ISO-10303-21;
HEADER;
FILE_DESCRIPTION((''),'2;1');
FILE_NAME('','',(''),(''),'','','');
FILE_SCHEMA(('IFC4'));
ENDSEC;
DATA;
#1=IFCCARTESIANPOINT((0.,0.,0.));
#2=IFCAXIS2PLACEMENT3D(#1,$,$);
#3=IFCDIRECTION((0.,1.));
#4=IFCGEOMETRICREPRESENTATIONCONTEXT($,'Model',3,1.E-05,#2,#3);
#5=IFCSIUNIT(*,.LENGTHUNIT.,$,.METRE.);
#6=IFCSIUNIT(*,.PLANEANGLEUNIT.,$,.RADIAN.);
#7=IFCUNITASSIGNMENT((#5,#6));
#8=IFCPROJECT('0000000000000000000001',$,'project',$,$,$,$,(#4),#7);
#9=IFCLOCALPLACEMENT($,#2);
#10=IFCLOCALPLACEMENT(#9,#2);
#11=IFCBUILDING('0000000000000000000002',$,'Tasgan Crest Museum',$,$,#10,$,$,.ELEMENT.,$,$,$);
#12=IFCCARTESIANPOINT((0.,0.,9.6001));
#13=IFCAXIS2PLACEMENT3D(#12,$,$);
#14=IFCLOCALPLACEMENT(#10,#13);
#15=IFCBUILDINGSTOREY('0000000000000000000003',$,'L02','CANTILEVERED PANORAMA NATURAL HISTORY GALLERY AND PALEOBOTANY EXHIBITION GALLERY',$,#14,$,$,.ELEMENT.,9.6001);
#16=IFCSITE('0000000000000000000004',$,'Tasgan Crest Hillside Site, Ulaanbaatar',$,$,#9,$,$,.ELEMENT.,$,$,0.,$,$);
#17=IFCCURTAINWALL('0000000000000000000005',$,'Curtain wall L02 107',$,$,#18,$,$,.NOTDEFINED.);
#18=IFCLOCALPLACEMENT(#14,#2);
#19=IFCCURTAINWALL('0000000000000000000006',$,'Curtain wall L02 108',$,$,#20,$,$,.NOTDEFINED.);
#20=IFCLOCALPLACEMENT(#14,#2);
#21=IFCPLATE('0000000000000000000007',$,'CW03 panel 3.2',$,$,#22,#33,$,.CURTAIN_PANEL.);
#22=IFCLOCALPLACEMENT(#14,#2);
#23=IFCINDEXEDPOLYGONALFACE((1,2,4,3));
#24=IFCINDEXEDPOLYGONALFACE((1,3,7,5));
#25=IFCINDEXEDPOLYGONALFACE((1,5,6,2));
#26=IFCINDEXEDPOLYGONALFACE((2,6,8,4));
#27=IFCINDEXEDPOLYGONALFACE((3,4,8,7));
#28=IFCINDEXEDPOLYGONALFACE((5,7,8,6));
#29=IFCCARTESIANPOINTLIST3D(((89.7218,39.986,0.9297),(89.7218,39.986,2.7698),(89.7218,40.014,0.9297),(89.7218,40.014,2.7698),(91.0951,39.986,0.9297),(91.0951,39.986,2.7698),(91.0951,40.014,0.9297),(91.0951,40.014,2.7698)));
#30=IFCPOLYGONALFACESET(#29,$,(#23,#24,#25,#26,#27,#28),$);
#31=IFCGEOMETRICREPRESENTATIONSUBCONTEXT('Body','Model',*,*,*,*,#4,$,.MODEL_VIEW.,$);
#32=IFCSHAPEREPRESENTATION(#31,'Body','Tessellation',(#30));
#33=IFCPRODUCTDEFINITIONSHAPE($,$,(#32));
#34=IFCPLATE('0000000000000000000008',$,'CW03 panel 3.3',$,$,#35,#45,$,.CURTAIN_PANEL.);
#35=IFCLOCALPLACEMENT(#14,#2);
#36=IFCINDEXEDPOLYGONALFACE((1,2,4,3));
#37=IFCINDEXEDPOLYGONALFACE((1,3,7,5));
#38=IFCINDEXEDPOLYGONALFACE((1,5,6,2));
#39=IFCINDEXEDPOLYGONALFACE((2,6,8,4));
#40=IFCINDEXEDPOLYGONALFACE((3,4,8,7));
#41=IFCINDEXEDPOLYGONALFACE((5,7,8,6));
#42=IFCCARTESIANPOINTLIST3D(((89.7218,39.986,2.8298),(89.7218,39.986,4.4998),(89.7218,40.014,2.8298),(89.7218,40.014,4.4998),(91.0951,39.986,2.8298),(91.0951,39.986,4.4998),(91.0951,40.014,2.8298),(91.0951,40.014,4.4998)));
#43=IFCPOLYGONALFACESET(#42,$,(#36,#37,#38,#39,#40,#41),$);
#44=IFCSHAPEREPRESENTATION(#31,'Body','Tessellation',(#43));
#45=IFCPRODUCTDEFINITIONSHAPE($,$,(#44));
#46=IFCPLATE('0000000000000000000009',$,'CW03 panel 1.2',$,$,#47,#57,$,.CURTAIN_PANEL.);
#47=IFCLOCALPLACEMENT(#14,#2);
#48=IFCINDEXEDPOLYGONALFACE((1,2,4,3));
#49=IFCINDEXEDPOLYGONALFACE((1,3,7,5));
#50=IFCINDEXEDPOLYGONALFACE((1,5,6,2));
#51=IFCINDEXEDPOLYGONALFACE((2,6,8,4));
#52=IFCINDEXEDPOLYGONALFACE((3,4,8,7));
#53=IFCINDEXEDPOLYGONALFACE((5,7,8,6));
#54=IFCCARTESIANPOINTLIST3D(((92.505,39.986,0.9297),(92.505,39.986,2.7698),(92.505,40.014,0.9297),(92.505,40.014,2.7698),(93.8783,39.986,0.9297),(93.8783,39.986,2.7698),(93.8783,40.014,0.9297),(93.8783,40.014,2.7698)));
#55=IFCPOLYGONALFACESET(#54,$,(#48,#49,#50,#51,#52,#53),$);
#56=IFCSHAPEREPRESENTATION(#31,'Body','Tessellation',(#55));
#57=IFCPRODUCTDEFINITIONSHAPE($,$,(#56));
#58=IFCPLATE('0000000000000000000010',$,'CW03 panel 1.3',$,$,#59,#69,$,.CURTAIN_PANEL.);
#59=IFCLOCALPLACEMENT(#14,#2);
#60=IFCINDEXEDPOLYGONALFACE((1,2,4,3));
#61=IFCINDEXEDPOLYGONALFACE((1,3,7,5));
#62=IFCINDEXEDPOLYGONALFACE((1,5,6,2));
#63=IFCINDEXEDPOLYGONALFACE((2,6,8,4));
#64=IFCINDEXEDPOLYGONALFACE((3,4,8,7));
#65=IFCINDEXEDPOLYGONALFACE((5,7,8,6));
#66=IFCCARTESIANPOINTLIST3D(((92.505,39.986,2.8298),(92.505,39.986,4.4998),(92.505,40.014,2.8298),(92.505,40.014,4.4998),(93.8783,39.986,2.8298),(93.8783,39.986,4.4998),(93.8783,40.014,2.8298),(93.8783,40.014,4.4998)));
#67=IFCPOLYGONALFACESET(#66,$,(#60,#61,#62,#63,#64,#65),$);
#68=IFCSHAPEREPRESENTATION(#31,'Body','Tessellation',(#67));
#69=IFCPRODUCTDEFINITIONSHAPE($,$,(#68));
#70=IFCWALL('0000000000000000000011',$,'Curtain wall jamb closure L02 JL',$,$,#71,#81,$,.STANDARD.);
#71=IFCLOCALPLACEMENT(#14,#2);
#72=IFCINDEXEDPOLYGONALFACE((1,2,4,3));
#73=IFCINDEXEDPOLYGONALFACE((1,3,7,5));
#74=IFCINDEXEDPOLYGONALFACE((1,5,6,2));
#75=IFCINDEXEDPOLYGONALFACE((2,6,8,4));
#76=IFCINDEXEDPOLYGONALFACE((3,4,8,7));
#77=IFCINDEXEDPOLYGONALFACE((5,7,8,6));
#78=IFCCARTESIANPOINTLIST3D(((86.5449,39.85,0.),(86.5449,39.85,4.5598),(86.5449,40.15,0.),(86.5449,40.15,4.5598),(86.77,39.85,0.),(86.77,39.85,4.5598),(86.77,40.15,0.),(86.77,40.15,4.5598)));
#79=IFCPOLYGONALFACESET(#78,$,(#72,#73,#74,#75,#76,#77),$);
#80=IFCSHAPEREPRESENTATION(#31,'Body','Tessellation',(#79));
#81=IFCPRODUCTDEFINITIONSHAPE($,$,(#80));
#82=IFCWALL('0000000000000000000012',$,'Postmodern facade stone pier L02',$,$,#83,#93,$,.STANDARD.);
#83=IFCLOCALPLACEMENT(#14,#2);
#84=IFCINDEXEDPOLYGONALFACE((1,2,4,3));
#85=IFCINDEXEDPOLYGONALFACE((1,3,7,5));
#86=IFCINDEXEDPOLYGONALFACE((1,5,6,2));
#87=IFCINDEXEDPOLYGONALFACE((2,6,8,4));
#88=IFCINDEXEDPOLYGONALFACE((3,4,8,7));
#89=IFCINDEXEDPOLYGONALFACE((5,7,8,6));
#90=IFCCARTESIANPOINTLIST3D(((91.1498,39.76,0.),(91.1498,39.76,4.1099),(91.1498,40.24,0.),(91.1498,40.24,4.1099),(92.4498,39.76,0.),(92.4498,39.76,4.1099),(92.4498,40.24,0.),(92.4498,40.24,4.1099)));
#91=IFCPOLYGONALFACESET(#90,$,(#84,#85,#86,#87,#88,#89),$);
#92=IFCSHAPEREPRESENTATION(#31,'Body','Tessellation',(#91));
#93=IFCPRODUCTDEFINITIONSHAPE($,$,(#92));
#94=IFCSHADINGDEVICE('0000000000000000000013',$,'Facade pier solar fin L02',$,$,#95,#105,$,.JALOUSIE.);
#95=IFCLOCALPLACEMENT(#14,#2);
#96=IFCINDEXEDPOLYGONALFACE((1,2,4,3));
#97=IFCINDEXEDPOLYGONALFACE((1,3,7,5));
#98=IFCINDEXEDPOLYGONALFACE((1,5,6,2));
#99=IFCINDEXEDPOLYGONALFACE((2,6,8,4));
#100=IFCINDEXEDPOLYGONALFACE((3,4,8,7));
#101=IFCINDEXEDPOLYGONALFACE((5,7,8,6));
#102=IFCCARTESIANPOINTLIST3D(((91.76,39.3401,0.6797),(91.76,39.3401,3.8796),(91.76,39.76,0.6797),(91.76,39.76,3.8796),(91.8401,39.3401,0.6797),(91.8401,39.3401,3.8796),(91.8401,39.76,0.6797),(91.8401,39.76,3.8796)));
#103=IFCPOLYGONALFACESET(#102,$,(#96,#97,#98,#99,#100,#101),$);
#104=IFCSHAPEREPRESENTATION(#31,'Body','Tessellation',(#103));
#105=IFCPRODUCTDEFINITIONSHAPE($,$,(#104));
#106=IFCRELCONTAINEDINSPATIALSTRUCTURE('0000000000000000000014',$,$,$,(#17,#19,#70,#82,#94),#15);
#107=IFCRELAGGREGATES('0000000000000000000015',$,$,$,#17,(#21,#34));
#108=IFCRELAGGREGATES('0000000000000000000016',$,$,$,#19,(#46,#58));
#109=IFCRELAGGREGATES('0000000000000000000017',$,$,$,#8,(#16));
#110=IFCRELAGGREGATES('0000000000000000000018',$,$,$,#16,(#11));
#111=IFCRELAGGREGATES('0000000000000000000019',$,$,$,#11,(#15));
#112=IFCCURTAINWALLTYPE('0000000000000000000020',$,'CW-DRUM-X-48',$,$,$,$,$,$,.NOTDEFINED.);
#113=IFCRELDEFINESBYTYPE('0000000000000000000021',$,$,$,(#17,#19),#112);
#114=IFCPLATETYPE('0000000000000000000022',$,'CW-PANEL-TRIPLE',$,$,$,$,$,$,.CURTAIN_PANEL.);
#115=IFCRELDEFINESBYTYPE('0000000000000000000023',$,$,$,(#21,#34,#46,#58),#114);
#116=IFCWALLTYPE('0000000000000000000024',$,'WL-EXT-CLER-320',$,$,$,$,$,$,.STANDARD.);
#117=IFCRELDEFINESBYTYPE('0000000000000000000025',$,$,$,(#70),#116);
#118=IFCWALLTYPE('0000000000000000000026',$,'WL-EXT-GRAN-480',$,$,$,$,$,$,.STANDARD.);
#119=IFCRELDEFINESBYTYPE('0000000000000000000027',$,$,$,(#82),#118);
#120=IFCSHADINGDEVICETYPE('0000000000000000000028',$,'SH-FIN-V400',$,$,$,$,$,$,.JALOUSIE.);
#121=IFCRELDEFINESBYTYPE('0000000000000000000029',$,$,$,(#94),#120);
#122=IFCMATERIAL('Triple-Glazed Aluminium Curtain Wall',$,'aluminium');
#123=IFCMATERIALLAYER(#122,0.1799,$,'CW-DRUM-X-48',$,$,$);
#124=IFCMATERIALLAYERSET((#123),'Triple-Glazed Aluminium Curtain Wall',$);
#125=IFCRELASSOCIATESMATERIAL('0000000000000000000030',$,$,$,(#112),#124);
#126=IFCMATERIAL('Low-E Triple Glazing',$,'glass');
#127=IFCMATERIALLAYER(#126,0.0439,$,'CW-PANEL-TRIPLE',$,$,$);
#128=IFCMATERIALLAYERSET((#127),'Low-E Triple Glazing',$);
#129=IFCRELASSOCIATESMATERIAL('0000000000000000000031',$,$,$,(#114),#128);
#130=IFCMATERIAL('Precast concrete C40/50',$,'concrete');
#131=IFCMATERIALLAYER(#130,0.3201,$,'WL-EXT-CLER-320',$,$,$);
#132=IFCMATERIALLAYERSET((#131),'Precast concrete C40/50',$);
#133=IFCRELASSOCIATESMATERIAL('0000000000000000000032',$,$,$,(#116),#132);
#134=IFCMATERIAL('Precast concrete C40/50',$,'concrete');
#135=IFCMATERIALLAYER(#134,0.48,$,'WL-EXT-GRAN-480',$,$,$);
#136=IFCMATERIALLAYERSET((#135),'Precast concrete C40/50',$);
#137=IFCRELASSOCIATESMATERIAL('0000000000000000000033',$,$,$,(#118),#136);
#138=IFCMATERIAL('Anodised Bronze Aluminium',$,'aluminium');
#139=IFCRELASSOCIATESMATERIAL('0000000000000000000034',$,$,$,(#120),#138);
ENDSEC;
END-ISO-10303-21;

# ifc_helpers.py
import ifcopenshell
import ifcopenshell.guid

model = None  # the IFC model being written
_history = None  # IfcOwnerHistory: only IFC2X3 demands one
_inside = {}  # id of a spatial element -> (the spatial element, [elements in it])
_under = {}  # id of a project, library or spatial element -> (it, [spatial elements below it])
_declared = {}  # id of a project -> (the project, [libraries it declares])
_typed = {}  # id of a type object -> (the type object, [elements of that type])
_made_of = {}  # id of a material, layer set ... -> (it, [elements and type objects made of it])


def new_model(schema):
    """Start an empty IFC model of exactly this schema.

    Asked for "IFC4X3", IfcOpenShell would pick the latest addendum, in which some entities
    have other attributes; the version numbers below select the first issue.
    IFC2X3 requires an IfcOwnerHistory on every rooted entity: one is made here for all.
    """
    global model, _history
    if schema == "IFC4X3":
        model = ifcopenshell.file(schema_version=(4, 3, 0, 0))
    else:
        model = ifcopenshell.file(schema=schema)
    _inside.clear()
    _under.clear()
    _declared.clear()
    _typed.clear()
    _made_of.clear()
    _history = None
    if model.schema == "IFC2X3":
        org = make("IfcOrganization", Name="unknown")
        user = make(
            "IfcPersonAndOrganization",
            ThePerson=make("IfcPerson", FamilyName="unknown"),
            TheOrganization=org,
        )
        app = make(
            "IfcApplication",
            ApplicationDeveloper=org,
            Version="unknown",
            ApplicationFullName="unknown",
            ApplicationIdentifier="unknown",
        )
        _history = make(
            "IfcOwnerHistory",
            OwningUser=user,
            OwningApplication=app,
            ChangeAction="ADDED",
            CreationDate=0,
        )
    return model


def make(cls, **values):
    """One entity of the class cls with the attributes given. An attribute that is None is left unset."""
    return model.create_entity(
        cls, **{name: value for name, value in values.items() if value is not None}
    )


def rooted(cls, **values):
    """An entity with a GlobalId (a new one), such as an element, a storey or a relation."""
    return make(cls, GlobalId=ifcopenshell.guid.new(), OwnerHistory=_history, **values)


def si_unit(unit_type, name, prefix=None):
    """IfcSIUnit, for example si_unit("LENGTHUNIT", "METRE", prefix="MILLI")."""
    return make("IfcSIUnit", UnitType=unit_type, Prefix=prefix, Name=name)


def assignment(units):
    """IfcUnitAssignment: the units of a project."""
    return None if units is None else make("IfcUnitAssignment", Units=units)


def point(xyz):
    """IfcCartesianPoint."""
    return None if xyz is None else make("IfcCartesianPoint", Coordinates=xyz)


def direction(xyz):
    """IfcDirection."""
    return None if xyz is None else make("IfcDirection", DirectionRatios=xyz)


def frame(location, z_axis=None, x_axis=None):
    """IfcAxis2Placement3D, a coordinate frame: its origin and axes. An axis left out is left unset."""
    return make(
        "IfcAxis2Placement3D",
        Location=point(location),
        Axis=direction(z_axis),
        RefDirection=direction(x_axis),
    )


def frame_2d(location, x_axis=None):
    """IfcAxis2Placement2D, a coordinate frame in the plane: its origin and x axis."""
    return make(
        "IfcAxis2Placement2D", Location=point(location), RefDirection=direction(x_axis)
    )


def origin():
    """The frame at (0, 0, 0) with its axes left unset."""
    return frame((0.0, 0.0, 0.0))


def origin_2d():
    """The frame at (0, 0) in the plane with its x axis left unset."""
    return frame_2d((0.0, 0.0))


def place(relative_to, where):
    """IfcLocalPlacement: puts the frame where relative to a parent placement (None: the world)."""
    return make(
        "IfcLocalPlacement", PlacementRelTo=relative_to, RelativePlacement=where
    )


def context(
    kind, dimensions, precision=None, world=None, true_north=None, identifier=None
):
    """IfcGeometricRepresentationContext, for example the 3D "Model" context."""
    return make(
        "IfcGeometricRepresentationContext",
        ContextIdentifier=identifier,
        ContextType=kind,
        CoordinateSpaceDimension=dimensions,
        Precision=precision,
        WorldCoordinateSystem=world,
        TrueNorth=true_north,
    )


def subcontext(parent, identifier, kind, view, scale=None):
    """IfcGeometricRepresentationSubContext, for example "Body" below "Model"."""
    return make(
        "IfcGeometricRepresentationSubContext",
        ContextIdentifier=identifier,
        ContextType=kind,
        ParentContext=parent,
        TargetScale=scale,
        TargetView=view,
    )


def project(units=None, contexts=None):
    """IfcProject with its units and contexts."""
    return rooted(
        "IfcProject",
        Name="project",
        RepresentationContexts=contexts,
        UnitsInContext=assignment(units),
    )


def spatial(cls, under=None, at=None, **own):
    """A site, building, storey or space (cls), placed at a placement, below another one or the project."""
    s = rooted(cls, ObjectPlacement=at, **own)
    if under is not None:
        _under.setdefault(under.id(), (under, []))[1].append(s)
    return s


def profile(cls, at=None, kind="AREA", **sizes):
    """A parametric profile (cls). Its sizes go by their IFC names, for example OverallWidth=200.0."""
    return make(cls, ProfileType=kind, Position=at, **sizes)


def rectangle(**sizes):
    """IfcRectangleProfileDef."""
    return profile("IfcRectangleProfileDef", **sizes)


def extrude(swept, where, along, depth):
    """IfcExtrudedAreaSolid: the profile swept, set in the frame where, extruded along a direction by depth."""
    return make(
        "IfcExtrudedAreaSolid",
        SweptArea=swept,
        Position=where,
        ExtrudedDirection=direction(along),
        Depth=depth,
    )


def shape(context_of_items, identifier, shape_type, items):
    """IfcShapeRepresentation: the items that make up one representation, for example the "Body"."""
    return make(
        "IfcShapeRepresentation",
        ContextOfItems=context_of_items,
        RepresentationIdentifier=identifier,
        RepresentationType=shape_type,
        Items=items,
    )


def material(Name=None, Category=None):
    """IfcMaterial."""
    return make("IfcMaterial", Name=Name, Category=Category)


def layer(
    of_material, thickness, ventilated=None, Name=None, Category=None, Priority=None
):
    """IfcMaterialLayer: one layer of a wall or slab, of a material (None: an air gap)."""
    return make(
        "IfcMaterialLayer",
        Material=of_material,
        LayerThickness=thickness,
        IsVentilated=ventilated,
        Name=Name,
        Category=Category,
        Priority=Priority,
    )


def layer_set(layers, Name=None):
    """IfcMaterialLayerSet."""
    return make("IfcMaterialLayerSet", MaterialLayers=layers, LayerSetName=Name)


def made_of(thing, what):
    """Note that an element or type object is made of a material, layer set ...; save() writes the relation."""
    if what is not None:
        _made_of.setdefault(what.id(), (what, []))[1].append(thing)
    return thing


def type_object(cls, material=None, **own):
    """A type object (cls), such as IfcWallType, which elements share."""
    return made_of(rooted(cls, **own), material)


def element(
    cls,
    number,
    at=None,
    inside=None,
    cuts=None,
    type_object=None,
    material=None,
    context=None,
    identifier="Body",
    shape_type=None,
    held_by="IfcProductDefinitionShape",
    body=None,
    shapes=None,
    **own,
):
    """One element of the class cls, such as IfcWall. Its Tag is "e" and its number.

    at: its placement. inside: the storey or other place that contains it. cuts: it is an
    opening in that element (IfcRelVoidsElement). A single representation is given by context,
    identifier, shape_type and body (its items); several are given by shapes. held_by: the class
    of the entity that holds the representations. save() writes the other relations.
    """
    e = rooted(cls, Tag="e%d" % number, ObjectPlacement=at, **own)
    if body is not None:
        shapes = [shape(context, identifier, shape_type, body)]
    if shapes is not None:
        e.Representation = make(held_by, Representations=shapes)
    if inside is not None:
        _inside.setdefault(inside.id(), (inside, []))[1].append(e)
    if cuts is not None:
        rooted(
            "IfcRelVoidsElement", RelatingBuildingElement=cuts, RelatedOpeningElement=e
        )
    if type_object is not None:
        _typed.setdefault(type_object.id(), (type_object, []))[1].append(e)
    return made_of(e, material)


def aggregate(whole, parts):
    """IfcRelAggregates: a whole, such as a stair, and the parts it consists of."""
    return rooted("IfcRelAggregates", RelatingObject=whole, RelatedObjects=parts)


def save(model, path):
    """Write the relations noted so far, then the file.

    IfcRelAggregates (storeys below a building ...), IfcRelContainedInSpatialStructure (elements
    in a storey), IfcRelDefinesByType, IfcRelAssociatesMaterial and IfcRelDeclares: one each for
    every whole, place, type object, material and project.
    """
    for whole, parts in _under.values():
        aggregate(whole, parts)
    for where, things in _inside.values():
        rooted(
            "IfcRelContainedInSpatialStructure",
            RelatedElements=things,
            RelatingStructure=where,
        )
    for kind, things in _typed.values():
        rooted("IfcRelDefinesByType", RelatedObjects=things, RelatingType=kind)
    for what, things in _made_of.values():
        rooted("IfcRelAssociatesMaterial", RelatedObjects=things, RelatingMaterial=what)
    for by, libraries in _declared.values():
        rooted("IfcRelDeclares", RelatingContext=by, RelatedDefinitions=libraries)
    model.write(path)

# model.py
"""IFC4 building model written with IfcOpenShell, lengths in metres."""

from ifc_helpers import new_model, si_unit, direction, frame, frame_2d, origin, origin_2d, place, context, subcontext, project, spatial, rectangle, extrude, material, layer, layer_set, type_object, element, aggregate, save


model = new_model("IFC4")

# Units and contexts
model_context = context("Model", 3, precision=1e-05, world=origin(), true_north=direction((0.0, 1.0)))
body_context = subcontext(model_context, "Body", "Model", "MODEL_VIEW")
ifc_project = project(units=[si_unit("LENGTHUNIT", "METRE"), si_unit("PLANEANGLEUNIT", "RADIAN")], contexts=[model_context])

# Site, building, storey
site_placement = place(None, origin())
site = spatial("IfcSite", under=ifc_project, at=site_placement, Name="Tasgan Crest Hillside Site, Ulaanbaatar", CompositionType="ELEMENT", RefElevation=0.0)
building_placement = place(site_placement, origin())
building = spatial("IfcBuilding", under=site, at=building_placement, Name="Tasgan Crest Museum", CompositionType="ELEMENT")
storey_placement = place(building_placement, frame((0.0, 0.0, 9.6001)))
storey = spatial("IfcBuildingStorey", under=building, at=storey_placement, Name="L02", Description="CANTILEVERED PANORAMA NATURAL HISTORY GALLERY AND PALEOBOTANY EXHIBITION GALLERY", CompositionType="ELEMENT", Elevation=9.6001)

# Curtain wall
ifc_material_1 = material(Name="Triple-Glazed Aluminium Curtain Wall", Category="aluminium")
ifc_layer_1 = layer(ifc_material_1, 0.1799, Name="CW-DRUM-X-48")
ifc_layer_set_1 = layer_set([ifc_layer_1], Name="Triple-Glazed Aluminium Curtain Wall")
curtain_wall_type = type_object("IfcCurtainWallType", Name="CW-DRUM-X-48", PredefinedType="NOTDEFINED", material=ifc_layer_set_1)
curtain_wall_1_placement = place(storey_placement, origin())
curtain_wall_1 = element("IfcCurtainWall", 1, at=curtain_wall_1_placement, inside=storey, type_object=curtain_wall_type, Name="Curtain wall L02 107", PredefinedType="NOTDEFINED")

# Curtain wall
curtain_wall_2_placement = place(storey_placement, origin())
curtain_wall_2 = element("IfcCurtainWall", 2, at=curtain_wall_2_placement, inside=storey, type_object=curtain_wall_type, Name="Curtain wall L02 108", PredefinedType="NOTDEFINED")

# Plates
ifc_material_2 = material(Name="Low-E Triple Glazing", Category="glass")
ifc_layer_2 = layer(ifc_material_2, 0.0439, Name="CW-PANEL-TRIPLE")
ifc_layer_set_2 = layer_set([ifc_layer_2], Name="Low-E Triple Glazing")
plate_type_1 = type_object("IfcPlateType", Name="CW-PANEL-TRIPLE", PredefinedType="CURTAIN_PANEL", material=ifc_layer_set_2)
plate_1_placement = place(storey_placement, frame((90.4084, 40.0, 0.9297), z_axis=(0.0, 0.0, 1.0), x_axis=(1.0, 0.0, 0.0)))
plate_1 = element("IfcPlate", 3, at=plate_1_placement, type_object=plate_type_1, Name="CW03 panel 3.2", PredefinedType="CURTAIN_PANEL", context=body_context, shape_type="SweptSolid", body=[
    extrude(rectangle(XDim=1.3733, YDim=0.0281, at=origin_2d()), origin(), (0.0, 0.0, 1.0), 1.8401),
])
plate_2_placement = place(storey_placement, frame((90.4084, 40.0, 2.8298), z_axis=(0.0, 0.0, 1.0), x_axis=(1.0, 0.0, 0.0)))
plate_2 = element("IfcPlate", 4, at=plate_2_placement, type_object=plate_type_1, Name="CW03 panel 3.3", PredefinedType="CURTAIN_PANEL", context=body_context, shape_type="SweptSolid", body=[
    extrude(rectangle(XDim=1.3733, YDim=0.0281, at=origin_2d()), origin(), (0.0, 0.0, 1.0), 1.6699),
])
aggregate(curtain_wall_1, [plate_1, plate_2])
plate_3_placement = place(storey_placement, frame((93.1917, 40.0, 0.9297), z_axis=(0.0, 0.0, 1.0), x_axis=(1.0, 0.0, 0.0)))
plate_3 = element("IfcPlate", 5, at=plate_3_placement, type_object=plate_type_1, Name="CW03 panel 1.2", PredefinedType="CURTAIN_PANEL", context=body_context, shape_type="SweptSolid", body=[
    extrude(rectangle(XDim=1.3733, YDim=0.0281, at=origin_2d()), origin(), (0.0, 0.0, 1.0), 1.8401),
])
plate_4_placement = place(storey_placement, frame((93.1917, 40.0, 2.8298), z_axis=(0.0, 0.0, 1.0), x_axis=(1.0, 0.0, 0.0)))
plate_4 = element("IfcPlate", 6, at=plate_4_placement, type_object=plate_type_1, Name="CW03 panel 1.3", PredefinedType="CURTAIN_PANEL", context=body_context, shape_type="SweptSolid", body=[
    extrude(rectangle(XDim=1.3733, YDim=0.0281, at=origin_2d()), origin(), (0.0, 0.0, 1.0), 1.6699),
])
aggregate(curtain_wall_2, [plate_3, plate_4])

# Walls
ifc_material_3 = material(Name="Precast concrete C40/50", Category="concrete")
ifc_layer_3 = layer(ifc_material_3, 0.3201, Name="WL-EXT-CLER-320")
ifc_layer_set_3 = layer_set([ifc_layer_3], Name="Precast concrete C40/50")
wall_type_1 = type_object("IfcWallType", Name="WL-EXT-CLER-320", PredefinedType="STANDARD", material=ifc_layer_set_3)
wall_1_placement = place(storey_placement, frame((86.5449, 40.0, 0.0), z_axis=(0.0, 0.0, 1.0), x_axis=(1.0, 0.0, 0.0)))
element("IfcWall", 7, at=wall_1_placement, inside=storey, type_object=wall_type_1, Name="Curtain wall jamb closure L02 JL", PredefinedType="STANDARD", context=body_context, shape_type="SweptSolid", body=[
    extrude(rectangle(XDim=0.2251, YDim=0.3, at=frame_2d((0.1125, 0.0))), origin(), (0.0, 0.0, 1.0), 4.5598),
])
ifc_material_4 = material(Name="Precast concrete C40/50", Category="concrete")
ifc_layer_4 = layer(ifc_material_4, 0.48, Name="WL-EXT-GRAN-480")
ifc_layer_set_4 = layer_set([ifc_layer_4], Name="Precast concrete C40/50")
wall_type_2 = type_object("IfcWallType", Name="WL-EXT-GRAN-480", PredefinedType="STANDARD", material=ifc_layer_set_4)
wall_2_placement = place(storey_placement, frame((91.1499, 40.0, 0.0), z_axis=(0.0, 0.0, 1.0), x_axis=(1.0, 0.0, 0.0)))
element("IfcWall", 8, at=wall_2_placement, inside=storey, type_object=wall_type_2, Name="Postmodern facade stone pier L02", PredefinedType="STANDARD", context=body_context, shape_type="SweptSolid", body=[
    extrude(rectangle(XDim=1.3, YDim=0.48, at=frame_2d((0.6499, 0.0))), origin(), (0.0, 0.0, 1.0), 4.1099),
])

# Shading device
ifc_material_5 = material(Name="Anodised Bronze Aluminium", Category="aluminium")
shading_device_type = type_object("IfcShadingDeviceType", Name="SH-FIN-V400", PredefinedType="JALOUSIE", material=ifc_material_5)
shading_device_placement = place(storey_placement, frame((91.8, 39.55, 0.6797), z_axis=(0.0, 0.0, 1.0), x_axis=(1.0, 0.0, 0.0)))
element("IfcShadingDevice", 9, at=shading_device_placement, inside=storey, type_object=shading_device_type, Name="Facade pier solar fin L02", PredefinedType="JALOUSIE", context=body_context, shape_type="SweptSolid", body=[
    extrude(rectangle(XDim=0.0801, YDim=0.4199, at=origin_2d()), origin(), (0.0, 0.0, 1.0), 3.2),
])

save(model, "model.ifc")
